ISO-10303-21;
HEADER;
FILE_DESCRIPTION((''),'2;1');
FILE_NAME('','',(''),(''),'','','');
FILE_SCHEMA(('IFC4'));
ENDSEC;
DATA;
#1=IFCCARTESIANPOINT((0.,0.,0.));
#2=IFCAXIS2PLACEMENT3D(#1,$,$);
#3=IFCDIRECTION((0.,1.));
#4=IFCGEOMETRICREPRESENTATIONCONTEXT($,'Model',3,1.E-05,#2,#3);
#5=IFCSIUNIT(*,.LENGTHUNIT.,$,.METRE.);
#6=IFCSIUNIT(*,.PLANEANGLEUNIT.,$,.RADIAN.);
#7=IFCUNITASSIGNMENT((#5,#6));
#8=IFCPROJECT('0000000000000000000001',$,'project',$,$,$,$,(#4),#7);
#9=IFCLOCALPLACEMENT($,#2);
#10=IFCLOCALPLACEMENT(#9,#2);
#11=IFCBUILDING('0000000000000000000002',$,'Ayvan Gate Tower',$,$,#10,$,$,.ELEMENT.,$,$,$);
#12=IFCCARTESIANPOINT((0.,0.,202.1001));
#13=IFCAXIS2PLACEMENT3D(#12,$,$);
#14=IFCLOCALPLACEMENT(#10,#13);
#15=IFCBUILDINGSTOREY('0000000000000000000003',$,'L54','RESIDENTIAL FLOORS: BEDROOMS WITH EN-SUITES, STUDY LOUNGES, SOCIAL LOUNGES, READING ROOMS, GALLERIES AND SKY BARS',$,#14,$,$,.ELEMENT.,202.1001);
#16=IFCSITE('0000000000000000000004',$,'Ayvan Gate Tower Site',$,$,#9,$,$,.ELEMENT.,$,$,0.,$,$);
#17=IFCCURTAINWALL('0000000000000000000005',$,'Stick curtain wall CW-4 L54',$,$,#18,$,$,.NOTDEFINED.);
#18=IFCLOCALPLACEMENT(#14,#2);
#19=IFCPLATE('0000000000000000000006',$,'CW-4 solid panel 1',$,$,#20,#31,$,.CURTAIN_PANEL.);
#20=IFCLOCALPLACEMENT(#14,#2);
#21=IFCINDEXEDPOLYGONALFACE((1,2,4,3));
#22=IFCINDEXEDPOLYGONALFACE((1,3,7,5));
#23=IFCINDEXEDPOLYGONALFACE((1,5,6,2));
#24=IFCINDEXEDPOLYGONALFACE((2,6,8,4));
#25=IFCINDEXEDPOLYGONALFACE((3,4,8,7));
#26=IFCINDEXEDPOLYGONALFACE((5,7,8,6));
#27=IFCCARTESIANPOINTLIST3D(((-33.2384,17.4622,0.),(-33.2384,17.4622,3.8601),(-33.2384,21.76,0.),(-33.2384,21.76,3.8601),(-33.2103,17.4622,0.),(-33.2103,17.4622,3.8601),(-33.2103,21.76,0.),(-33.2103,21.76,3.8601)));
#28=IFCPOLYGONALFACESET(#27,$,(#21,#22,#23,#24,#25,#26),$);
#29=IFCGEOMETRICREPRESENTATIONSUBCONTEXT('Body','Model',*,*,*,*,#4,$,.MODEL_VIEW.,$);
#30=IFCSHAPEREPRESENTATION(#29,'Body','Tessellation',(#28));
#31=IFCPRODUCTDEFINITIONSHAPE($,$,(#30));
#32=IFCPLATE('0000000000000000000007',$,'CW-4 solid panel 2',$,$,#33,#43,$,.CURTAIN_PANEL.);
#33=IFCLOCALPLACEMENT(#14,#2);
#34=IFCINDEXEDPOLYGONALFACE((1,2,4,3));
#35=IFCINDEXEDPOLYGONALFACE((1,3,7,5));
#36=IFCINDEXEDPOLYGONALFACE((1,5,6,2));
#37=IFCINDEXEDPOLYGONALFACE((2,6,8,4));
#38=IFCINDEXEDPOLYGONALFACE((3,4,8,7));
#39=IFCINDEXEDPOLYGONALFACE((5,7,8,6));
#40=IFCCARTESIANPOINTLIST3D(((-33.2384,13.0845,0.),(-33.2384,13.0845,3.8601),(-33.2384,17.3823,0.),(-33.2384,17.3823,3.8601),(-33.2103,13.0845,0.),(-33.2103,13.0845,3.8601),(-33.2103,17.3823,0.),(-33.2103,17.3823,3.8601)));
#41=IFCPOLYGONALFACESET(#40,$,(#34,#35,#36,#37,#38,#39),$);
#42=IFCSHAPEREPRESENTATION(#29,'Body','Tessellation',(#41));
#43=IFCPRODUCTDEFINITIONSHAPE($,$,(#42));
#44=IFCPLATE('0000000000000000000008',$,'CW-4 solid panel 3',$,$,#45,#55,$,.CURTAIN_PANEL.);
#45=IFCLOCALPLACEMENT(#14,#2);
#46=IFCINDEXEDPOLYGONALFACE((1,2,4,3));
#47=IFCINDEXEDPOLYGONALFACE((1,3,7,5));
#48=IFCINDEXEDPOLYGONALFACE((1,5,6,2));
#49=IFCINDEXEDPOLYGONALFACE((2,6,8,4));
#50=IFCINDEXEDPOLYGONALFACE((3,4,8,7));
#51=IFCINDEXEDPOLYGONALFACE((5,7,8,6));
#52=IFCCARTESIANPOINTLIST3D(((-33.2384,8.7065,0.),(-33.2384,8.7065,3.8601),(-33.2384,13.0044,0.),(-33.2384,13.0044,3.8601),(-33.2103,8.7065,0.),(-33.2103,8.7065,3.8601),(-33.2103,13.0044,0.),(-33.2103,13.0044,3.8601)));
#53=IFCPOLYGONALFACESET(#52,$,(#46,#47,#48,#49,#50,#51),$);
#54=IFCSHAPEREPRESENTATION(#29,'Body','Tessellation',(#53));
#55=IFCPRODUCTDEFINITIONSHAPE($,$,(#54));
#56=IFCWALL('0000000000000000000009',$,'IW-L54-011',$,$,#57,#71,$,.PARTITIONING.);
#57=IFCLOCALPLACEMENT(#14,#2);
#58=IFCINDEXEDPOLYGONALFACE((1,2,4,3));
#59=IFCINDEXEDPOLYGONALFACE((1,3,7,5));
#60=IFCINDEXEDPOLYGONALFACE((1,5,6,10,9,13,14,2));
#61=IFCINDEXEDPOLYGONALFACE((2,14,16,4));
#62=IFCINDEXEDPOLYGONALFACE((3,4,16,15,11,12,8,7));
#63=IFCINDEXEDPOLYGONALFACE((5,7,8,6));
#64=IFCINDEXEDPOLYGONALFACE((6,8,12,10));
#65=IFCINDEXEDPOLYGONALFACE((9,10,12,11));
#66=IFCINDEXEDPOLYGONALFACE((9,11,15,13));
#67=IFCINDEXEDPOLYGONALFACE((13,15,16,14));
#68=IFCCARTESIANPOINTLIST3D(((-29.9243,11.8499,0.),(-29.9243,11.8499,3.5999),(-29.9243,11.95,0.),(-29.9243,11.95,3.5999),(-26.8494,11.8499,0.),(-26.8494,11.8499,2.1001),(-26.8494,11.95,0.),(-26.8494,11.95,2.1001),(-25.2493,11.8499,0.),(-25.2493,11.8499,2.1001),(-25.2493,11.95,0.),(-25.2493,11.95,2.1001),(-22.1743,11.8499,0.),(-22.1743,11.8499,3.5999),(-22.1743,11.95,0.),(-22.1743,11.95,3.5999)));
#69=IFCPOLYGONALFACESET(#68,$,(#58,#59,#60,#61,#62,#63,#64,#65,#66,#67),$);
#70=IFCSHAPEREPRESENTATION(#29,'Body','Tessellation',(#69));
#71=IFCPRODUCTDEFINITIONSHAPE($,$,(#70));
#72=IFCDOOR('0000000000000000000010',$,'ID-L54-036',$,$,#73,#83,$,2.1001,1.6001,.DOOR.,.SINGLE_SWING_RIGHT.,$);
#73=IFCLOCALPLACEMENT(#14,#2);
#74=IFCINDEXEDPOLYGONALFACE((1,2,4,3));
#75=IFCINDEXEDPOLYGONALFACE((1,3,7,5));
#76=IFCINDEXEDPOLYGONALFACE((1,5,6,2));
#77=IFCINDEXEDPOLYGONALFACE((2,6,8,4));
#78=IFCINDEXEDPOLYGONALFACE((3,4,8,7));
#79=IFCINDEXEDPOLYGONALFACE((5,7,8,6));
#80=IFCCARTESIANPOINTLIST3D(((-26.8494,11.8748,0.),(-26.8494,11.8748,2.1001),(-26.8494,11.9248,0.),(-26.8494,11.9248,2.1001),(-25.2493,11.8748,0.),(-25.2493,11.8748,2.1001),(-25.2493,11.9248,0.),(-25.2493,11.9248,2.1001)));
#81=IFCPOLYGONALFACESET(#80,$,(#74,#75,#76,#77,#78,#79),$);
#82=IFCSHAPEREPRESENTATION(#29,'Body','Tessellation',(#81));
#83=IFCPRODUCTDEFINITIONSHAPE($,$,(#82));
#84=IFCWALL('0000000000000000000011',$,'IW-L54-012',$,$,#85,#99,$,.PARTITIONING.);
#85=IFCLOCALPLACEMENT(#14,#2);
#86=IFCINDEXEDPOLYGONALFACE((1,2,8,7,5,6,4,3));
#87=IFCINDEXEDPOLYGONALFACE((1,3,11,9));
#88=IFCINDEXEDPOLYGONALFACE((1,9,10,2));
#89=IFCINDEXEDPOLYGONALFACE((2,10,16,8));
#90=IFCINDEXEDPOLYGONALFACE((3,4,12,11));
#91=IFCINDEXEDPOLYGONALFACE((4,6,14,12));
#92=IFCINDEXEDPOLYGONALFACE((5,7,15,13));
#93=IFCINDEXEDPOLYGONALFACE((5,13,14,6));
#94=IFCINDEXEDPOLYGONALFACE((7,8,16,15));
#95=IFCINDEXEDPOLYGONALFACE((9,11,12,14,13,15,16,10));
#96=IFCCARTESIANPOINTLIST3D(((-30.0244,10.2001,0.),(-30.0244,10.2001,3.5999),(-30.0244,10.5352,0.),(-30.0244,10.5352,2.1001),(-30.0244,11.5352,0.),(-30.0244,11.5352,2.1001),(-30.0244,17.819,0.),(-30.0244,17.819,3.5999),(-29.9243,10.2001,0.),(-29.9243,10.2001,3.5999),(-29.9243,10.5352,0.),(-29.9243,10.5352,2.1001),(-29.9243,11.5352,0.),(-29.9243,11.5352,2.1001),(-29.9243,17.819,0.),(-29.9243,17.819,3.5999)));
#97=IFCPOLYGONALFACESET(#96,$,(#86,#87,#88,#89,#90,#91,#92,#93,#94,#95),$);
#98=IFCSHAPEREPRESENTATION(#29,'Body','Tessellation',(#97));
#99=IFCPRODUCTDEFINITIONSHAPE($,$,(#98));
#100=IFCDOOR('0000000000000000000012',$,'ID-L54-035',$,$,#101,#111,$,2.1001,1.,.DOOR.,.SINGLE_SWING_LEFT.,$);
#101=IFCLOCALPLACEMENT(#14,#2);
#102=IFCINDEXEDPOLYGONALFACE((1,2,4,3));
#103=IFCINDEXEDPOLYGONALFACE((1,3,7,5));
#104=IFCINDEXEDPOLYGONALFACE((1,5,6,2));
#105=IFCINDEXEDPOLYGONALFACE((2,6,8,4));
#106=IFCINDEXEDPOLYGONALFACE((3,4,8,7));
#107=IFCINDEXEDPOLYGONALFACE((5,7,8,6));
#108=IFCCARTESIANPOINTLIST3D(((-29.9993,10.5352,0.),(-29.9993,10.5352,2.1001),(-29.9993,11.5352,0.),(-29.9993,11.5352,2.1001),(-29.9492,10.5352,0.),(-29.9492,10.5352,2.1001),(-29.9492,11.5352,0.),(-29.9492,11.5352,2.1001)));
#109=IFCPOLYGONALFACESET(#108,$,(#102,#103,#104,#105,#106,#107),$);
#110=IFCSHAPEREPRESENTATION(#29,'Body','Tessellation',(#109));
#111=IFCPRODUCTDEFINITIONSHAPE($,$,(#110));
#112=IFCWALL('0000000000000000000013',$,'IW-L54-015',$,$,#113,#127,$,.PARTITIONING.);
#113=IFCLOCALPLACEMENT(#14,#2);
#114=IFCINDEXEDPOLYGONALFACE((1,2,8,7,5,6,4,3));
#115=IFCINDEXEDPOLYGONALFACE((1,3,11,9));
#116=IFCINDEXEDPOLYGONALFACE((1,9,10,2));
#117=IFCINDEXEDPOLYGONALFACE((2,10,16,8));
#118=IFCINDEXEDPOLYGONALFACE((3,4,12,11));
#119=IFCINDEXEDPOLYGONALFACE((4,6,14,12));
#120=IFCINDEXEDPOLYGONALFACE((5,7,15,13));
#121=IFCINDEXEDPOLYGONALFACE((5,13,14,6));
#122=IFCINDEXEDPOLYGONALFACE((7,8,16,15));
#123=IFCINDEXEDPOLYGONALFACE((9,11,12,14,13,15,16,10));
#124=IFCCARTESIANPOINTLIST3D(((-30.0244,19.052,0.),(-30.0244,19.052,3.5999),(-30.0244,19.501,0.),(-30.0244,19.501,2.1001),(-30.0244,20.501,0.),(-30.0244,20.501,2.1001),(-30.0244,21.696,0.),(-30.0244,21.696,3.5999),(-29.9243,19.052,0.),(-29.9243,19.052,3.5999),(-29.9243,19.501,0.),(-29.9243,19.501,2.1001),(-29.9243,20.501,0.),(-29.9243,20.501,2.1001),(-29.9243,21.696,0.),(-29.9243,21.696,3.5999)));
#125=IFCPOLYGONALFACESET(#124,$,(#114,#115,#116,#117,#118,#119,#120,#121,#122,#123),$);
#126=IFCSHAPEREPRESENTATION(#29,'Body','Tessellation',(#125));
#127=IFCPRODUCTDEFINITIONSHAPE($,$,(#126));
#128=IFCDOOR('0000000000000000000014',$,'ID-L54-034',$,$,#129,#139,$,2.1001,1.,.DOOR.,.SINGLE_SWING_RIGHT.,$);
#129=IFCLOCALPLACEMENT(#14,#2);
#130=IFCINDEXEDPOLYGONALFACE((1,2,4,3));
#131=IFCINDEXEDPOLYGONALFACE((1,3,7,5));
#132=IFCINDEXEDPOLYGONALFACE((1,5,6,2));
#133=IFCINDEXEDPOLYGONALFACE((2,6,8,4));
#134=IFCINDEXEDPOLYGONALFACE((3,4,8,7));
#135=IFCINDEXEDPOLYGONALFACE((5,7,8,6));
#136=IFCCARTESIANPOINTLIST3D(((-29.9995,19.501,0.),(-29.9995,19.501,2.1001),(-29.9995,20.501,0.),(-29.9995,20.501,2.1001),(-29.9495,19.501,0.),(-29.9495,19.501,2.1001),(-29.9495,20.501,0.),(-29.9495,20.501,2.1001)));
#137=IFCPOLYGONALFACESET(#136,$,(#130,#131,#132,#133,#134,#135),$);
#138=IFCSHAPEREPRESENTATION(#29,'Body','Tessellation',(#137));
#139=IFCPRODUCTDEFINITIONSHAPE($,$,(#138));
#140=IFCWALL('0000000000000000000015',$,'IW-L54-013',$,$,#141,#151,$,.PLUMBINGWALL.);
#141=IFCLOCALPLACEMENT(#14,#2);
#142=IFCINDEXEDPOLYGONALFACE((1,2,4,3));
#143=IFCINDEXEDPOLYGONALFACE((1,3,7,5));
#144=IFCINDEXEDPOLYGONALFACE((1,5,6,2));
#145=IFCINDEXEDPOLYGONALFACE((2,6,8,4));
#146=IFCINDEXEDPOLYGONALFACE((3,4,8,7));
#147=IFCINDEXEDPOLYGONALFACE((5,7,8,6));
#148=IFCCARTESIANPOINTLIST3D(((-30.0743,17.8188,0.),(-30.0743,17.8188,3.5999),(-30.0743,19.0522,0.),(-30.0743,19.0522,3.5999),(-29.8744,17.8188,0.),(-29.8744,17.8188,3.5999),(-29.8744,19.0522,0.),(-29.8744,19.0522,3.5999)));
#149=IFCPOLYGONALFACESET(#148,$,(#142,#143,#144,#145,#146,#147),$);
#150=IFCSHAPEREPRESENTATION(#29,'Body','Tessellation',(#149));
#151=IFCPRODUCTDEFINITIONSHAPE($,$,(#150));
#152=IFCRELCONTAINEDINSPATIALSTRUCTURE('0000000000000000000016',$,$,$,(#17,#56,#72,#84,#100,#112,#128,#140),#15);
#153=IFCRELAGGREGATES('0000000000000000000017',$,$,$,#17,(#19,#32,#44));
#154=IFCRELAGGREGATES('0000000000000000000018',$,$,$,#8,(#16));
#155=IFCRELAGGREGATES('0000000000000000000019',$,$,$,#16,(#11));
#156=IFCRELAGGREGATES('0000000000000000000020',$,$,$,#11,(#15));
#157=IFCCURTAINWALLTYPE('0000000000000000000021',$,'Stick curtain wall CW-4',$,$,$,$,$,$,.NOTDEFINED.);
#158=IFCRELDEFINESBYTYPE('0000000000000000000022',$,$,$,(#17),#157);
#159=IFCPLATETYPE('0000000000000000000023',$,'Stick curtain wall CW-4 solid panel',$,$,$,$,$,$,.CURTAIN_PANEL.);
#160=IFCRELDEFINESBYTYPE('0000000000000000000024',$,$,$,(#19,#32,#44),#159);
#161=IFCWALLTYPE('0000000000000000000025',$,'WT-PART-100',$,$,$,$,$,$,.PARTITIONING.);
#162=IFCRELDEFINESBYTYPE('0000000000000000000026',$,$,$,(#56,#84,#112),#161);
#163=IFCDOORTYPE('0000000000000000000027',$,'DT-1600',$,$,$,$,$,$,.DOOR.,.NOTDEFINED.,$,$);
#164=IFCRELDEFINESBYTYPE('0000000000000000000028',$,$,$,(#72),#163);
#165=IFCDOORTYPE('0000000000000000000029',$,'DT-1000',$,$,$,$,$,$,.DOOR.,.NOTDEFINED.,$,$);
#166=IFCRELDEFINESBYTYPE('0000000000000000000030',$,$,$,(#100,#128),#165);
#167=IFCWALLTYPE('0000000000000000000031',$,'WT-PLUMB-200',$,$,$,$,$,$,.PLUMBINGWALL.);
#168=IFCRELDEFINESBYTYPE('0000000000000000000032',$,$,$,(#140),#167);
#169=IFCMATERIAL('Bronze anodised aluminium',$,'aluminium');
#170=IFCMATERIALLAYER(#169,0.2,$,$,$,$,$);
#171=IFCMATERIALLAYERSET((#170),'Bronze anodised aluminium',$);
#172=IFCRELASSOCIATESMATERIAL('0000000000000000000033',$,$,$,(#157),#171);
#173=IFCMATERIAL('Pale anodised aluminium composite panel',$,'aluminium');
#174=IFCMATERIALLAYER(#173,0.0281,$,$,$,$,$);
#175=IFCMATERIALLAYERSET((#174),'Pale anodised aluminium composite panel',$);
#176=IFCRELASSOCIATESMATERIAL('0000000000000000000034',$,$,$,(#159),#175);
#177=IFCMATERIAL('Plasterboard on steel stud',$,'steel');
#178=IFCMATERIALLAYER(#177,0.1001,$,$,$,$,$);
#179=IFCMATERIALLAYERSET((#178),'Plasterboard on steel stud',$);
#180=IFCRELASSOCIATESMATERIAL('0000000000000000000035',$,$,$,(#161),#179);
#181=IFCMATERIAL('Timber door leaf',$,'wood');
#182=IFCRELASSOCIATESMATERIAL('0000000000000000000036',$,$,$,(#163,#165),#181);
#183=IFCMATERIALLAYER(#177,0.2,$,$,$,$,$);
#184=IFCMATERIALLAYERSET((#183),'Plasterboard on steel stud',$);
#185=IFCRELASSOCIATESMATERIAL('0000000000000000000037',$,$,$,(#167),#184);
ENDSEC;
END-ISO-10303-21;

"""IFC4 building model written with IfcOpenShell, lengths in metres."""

from ifc_helpers import new_model, si_unit, direction, frame, frame_2d, origin, origin_2d, place, context, subcontext, project, spatial, rectangle, extrude, material, layer, layer_set, type_object, element, fill, aggregate, save


model = new_model("IFC4")

# Units and contexts
model_context = context("Model", 3, precision=1e-05, world=origin(), true_north=direction((0.0, 1.0)))
body_context = subcontext(model_context, "Body", "Model", "MODEL_VIEW")
ifc_project = project(units=[si_unit("LENGTHUNIT", "METRE"), si_unit("PLANEANGLEUNIT", "RADIAN")], contexts=[model_context])

# Site, building, storey
site_placement = place(None, origin())
site = spatial("IfcSite", under=ifc_project, at=site_placement, Name="Ayvan Gate Tower Site", CompositionType="ELEMENT", RefElevation=0.0)
building_placement = place(site_placement, origin())
building = spatial("IfcBuilding", under=site, at=building_placement, Name="Ayvan Gate Tower", CompositionType="ELEMENT")
storey_placement = place(building_placement, frame((0.0, 0.0, 202.1001)))
storey = spatial("IfcBuildingStorey", under=building, at=storey_placement, Name="L54", Description="RESIDENTIAL FLOORS: BEDROOMS WITH EN-SUITES, STUDY LOUNGES, SOCIAL LOUNGES, READING ROOMS, GALLERIES AND SKY BARS", CompositionType="ELEMENT", Elevation=202.1001)

# Shared definitions
ifc_material_1 = material(Name="Bronze anodised aluminium", Category="aluminium")
ifc_layer_1 = layer(ifc_material_1, 0.2)
ifc_layer_set_1 = layer_set([ifc_layer_1], Name="Bronze anodised aluminium")
curtain_wall_type = type_object("IfcCurtainWallType", Name="Stick curtain wall CW-4", PredefinedType="NOTDEFINED", material=ifc_layer_set_1)

# Curtain wall
curtain_wall_1_placement = place(storey_placement, origin())
curtain_wall_1 = element("IfcCurtainWall", 1, at=curtain_wall_1_placement, inside=storey, type_object=curtain_wall_type, Name="Stick curtain wall CW-4 L54", PredefinedType="NOTDEFINED")

# Plates
ifc_material_2 = material(Name="Pale anodised aluminium composite panel", Category="aluminium")
ifc_layer_2 = layer(ifc_material_2, 0.0281)
ifc_layer_set_2 = layer_set([ifc_layer_2], Name="Pale anodised aluminium composite panel")
plate_type = type_object("IfcPlateType", Name="Stick curtain wall CW-4 solid panel", PredefinedType="CURTAIN_PANEL", material=ifc_layer_set_2)
plate_1_placement = place(storey_placement, frame((-33.2244, 19.6111, 0.0), z_axis=(0.0, 0.0, 1.0), x_axis=(0.0, -1.0, 0.0)))
plate_1 = element("IfcPlate", 2, at=plate_1_placement, type_object=plate_type, Name="CW-4 solid panel 1", PredefinedType="CURTAIN_PANEL", context=body_context, shape_type="SweptSolid", body=[
    extrude(rectangle(XDim=4.2979, YDim=0.0281, at=origin_2d()), origin(), (0.0, 0.0, 1.0), 3.8601),
])
plate_2_placement = place(storey_placement, frame((-33.2244, 15.2334, 0.0), z_axis=(0.0, 0.0, 1.0), x_axis=(0.0, -1.0, 0.0)))
plate_2 = element("IfcPlate", 3, at=plate_2_placement, type_object=plate_type, Name="CW-4 solid panel 2", PredefinedType="CURTAIN_PANEL", context=body_context, shape_type="SweptSolid", body=[
    extrude(rectangle(XDim=4.2979, YDim=0.0281, at=origin_2d()), origin(), (0.0, 0.0, 1.0), 3.8601),
])
plate_3_placement = place(storey_placement, frame((-33.2244, 10.8555, 0.0), z_axis=(0.0, 0.0, 1.0), x_axis=(0.0, -1.0, 0.0)))
plate_3 = element("IfcPlate", 4, at=plate_3_placement, type_object=plate_type, Name="CW-4 solid panel 3", PredefinedType="CURTAIN_PANEL", context=body_context, shape_type="SweptSolid", body=[
    extrude(rectangle(XDim=4.2979, YDim=0.0281, at=origin_2d()), origin(), (0.0, 0.0, 1.0), 3.8601),
])
aggregate(curtain_wall_1, [plate_1, plate_2, plate_3])

# Walls, openings, doors
ifc_material_3 = material(Name="Plasterboard on steel stud", Category="steel")
ifc_layer_3 = layer(ifc_material_3, 0.1001)
ifc_layer_set_3 = layer_set([ifc_layer_3], Name="Plasterboard on steel stud")
wall_type_1 = type_object("IfcWallType", Name="WT-PART-100", PredefinedType="PARTITIONING", material=ifc_layer_set_3)
wall_1_placement = place(storey_placement, frame((-29.9243, 11.8999, 0.0), z_axis=(0.0, 0.0, 1.0), x_axis=(1.0, 0.0, 0.0)))
wall_1 = element("IfcWall", 5, at=wall_1_placement, inside=storey, type_object=wall_type_1, Name="IW-L54-011", PredefinedType="PARTITIONING", context=body_context, shape_type="SweptSolid", body=[
    extrude(rectangle(XDim=7.75, YDim=0.1001, at=frame_2d((3.875, 0.0))), origin(), (0.0, 0.0, 1.0), 3.5999),
])
opening_1_placement = place(wall_1_placement, frame((3.075, 0.0, 0.0)))
opening_1 = element("IfcOpeningElement", 6, at=opening_1_placement, cuts=wall_1, PredefinedType="OPENING", context=body_context, shape_type="SweptSolid", body=[
    extrude(rectangle(XDim=1.6001, YDim=2.1001, at=frame_2d((0.8, 1.05))), frame((0.0, 0.0601, 0.0), z_axis=(0.0, -1.0, 0.0), x_axis=(1.0, 0.0, 0.0)), (0.0, 0.0, 1.0), 0.1201),
])
ifc_material_4 = material(Name="Timber door leaf", Category="wood")
door_type_1 = type_object("IfcDoorType", Name="DT-1600", OperationType="NOTDEFINED", PredefinedType="DOOR", material=ifc_material_4)
door_1_placement = place(opening_1_placement, origin())
door_1 = element("IfcDoor", 7, at=door_1_placement, inside=storey, type_object=door_type_1, Name="ID-L54-036", OperationType="SINGLE_SWING_RIGHT", OverallHeight=2.1001, OverallWidth=1.6001, PredefinedType="DOOR", context=body_context, shape_type="SweptSolid", body=[
    extrude(rectangle(XDim=1.6001, YDim=2.1001, at=frame_2d((0.8, 1.05))), frame((0.0, 0.0249, 0.0), z_axis=(0.0, -1.0, 0.0), x_axis=(1.0, 0.0, 0.0)), (0.0, 0.0, 1.0), 0.05),
])
fill(opening_1, door_1)
wall_2_placement = place(storey_placement, frame((-29.9744, 10.2, 0.0), z_axis=(0.0, 0.0, 1.0), x_axis=(0.0, 1.0, 0.0)))
wall_2 = element("IfcWall", 8, at=wall_2_placement, inside=storey, type_object=wall_type_1, Name="IW-L54-012", PredefinedType="PARTITIONING", context=body_context, shape_type="SweptSolid", body=[
    extrude(rectangle(XDim=7.6189, YDim=0.1001, at=frame_2d((3.8096, 0.0))), origin(), (0.0, 0.0, 1.0), 3.5999),
])
opening_2_placement = place(wall_2_placement, frame((0.3352, 0.0, 0.0)))
opening_2 = element("IfcOpeningElement", 9, at=opening_2_placement, cuts=wall_2, PredefinedType="OPENING", context=body_context, shape_type="SweptSolid", body=[
    extrude(rectangle(XDim=1.0, YDim=2.1001, at=frame_2d((0.5, 1.05))), frame((0.0, 0.0601, 0.0), z_axis=(0.0, -1.0, 0.0), x_axis=(1.0, 0.0, 0.0)), (0.0, 0.0, 1.0), 0.1201),
])
door_type_2 = type_object("IfcDoorType", Name="DT-1000", OperationType="NOTDEFINED", PredefinedType="DOOR", material=ifc_material_4)
door_2_placement = place(opening_2_placement, origin())
door_2 = element("IfcDoor", 10, at=door_2_placement, inside=storey, type_object=door_type_2, Name="ID-L54-035", OperationType="SINGLE_SWING_LEFT", OverallHeight=2.1001, OverallWidth=1.0, PredefinedType="DOOR", context=body_context, shape_type="SweptSolid", body=[
    extrude(rectangle(XDim=1.0, YDim=2.1001, at=frame_2d((0.5, 1.05))), frame((0.0, 0.0249, 0.0), z_axis=(0.0, -1.0, 0.0), x_axis=(1.0, 0.0, 0.0)), (0.0, 0.0, 1.0), 0.05),
])
fill(opening_2, door_2)
wall_3_placement = place(storey_placement, frame((-29.9744, 21.696, 0.0), z_axis=(0.0, 0.0, 1.0), x_axis=(0.0, -1.0, 0.0)))
wall_3 = element("IfcWall", 11, at=wall_3_placement, inside=storey, type_object=wall_type_1, Name="IW-L54-015", PredefinedType="PARTITIONING", context=body_context, shape_type="SweptSolid", body=[
    extrude(rectangle(XDim=2.644, YDim=0.1001, at=frame_2d((1.322, 0.0))), origin(), (0.0, 0.0, 1.0), 3.5999),
])
opening_3_placement = place(wall_3_placement, frame((1.1951, 0.0, 0.0)))
opening_3 = element("IfcOpeningElement", 12, at=opening_3_placement, cuts=wall_3, PredefinedType="OPENING", context=body_context, shape_type="SweptSolid", body=[
    extrude(rectangle(XDim=1.0, YDim=2.1001, at=frame_2d((0.5, 1.05))), frame((0.0, 0.0601, 0.0), z_axis=(0.0, -1.0, 0.0), x_axis=(1.0, 0.0, 0.0)), (0.0, 0.0, 1.0), 0.1201),
])
door_3_placement = place(opening_3_placement, origin())
door_3 = element("IfcDoor", 13, at=door_3_placement, inside=storey, type_object=door_type_2, Name="ID-L54-034", OperationType="SINGLE_SWING_RIGHT", OverallHeight=2.1001, OverallWidth=1.0, PredefinedType="DOOR", context=body_context, shape_type="SweptSolid", body=[
    extrude(rectangle(XDim=1.0, YDim=2.1001, at=frame_2d((0.5, 1.05))), frame((0.0, 0.0249, 0.0), z_axis=(0.0, -1.0, 0.0), x_axis=(1.0, 0.0, 0.0)), (0.0, 0.0, 1.0), 0.05),
])
fill(opening_3, door_3)

# Wall
ifc_layer_4 = layer(ifc_material_3, 0.2)
ifc_layer_set_4 = layer_set([ifc_layer_4], Name="Plasterboard on steel stud")
wall_type_2 = type_object("IfcWallType", Name="WT-PLUMB-200", PredefinedType="PLUMBINGWALL", material=ifc_layer_set_4)
wall_4_placement = place(storey_placement, frame((-29.9744, 17.8188, 0.0), z_axis=(0.0, 0.0, 1.0), x_axis=(0.0, 1.0, 0.0)))
element("IfcWall", 14, at=wall_4_placement, inside=storey, type_object=wall_type_2, Name="IW-L54-013", PredefinedType="PLUMBINGWALL", context=body_context, shape_type="SweptSolid", body=[
    extrude(rectangle(XDim=1.2334, YDim=0.2, at=frame_2d((0.6167, 0.0))), origin(), (0.0, 0.0, 1.0), 3.5999),
])

save(model, "model.ifc")
